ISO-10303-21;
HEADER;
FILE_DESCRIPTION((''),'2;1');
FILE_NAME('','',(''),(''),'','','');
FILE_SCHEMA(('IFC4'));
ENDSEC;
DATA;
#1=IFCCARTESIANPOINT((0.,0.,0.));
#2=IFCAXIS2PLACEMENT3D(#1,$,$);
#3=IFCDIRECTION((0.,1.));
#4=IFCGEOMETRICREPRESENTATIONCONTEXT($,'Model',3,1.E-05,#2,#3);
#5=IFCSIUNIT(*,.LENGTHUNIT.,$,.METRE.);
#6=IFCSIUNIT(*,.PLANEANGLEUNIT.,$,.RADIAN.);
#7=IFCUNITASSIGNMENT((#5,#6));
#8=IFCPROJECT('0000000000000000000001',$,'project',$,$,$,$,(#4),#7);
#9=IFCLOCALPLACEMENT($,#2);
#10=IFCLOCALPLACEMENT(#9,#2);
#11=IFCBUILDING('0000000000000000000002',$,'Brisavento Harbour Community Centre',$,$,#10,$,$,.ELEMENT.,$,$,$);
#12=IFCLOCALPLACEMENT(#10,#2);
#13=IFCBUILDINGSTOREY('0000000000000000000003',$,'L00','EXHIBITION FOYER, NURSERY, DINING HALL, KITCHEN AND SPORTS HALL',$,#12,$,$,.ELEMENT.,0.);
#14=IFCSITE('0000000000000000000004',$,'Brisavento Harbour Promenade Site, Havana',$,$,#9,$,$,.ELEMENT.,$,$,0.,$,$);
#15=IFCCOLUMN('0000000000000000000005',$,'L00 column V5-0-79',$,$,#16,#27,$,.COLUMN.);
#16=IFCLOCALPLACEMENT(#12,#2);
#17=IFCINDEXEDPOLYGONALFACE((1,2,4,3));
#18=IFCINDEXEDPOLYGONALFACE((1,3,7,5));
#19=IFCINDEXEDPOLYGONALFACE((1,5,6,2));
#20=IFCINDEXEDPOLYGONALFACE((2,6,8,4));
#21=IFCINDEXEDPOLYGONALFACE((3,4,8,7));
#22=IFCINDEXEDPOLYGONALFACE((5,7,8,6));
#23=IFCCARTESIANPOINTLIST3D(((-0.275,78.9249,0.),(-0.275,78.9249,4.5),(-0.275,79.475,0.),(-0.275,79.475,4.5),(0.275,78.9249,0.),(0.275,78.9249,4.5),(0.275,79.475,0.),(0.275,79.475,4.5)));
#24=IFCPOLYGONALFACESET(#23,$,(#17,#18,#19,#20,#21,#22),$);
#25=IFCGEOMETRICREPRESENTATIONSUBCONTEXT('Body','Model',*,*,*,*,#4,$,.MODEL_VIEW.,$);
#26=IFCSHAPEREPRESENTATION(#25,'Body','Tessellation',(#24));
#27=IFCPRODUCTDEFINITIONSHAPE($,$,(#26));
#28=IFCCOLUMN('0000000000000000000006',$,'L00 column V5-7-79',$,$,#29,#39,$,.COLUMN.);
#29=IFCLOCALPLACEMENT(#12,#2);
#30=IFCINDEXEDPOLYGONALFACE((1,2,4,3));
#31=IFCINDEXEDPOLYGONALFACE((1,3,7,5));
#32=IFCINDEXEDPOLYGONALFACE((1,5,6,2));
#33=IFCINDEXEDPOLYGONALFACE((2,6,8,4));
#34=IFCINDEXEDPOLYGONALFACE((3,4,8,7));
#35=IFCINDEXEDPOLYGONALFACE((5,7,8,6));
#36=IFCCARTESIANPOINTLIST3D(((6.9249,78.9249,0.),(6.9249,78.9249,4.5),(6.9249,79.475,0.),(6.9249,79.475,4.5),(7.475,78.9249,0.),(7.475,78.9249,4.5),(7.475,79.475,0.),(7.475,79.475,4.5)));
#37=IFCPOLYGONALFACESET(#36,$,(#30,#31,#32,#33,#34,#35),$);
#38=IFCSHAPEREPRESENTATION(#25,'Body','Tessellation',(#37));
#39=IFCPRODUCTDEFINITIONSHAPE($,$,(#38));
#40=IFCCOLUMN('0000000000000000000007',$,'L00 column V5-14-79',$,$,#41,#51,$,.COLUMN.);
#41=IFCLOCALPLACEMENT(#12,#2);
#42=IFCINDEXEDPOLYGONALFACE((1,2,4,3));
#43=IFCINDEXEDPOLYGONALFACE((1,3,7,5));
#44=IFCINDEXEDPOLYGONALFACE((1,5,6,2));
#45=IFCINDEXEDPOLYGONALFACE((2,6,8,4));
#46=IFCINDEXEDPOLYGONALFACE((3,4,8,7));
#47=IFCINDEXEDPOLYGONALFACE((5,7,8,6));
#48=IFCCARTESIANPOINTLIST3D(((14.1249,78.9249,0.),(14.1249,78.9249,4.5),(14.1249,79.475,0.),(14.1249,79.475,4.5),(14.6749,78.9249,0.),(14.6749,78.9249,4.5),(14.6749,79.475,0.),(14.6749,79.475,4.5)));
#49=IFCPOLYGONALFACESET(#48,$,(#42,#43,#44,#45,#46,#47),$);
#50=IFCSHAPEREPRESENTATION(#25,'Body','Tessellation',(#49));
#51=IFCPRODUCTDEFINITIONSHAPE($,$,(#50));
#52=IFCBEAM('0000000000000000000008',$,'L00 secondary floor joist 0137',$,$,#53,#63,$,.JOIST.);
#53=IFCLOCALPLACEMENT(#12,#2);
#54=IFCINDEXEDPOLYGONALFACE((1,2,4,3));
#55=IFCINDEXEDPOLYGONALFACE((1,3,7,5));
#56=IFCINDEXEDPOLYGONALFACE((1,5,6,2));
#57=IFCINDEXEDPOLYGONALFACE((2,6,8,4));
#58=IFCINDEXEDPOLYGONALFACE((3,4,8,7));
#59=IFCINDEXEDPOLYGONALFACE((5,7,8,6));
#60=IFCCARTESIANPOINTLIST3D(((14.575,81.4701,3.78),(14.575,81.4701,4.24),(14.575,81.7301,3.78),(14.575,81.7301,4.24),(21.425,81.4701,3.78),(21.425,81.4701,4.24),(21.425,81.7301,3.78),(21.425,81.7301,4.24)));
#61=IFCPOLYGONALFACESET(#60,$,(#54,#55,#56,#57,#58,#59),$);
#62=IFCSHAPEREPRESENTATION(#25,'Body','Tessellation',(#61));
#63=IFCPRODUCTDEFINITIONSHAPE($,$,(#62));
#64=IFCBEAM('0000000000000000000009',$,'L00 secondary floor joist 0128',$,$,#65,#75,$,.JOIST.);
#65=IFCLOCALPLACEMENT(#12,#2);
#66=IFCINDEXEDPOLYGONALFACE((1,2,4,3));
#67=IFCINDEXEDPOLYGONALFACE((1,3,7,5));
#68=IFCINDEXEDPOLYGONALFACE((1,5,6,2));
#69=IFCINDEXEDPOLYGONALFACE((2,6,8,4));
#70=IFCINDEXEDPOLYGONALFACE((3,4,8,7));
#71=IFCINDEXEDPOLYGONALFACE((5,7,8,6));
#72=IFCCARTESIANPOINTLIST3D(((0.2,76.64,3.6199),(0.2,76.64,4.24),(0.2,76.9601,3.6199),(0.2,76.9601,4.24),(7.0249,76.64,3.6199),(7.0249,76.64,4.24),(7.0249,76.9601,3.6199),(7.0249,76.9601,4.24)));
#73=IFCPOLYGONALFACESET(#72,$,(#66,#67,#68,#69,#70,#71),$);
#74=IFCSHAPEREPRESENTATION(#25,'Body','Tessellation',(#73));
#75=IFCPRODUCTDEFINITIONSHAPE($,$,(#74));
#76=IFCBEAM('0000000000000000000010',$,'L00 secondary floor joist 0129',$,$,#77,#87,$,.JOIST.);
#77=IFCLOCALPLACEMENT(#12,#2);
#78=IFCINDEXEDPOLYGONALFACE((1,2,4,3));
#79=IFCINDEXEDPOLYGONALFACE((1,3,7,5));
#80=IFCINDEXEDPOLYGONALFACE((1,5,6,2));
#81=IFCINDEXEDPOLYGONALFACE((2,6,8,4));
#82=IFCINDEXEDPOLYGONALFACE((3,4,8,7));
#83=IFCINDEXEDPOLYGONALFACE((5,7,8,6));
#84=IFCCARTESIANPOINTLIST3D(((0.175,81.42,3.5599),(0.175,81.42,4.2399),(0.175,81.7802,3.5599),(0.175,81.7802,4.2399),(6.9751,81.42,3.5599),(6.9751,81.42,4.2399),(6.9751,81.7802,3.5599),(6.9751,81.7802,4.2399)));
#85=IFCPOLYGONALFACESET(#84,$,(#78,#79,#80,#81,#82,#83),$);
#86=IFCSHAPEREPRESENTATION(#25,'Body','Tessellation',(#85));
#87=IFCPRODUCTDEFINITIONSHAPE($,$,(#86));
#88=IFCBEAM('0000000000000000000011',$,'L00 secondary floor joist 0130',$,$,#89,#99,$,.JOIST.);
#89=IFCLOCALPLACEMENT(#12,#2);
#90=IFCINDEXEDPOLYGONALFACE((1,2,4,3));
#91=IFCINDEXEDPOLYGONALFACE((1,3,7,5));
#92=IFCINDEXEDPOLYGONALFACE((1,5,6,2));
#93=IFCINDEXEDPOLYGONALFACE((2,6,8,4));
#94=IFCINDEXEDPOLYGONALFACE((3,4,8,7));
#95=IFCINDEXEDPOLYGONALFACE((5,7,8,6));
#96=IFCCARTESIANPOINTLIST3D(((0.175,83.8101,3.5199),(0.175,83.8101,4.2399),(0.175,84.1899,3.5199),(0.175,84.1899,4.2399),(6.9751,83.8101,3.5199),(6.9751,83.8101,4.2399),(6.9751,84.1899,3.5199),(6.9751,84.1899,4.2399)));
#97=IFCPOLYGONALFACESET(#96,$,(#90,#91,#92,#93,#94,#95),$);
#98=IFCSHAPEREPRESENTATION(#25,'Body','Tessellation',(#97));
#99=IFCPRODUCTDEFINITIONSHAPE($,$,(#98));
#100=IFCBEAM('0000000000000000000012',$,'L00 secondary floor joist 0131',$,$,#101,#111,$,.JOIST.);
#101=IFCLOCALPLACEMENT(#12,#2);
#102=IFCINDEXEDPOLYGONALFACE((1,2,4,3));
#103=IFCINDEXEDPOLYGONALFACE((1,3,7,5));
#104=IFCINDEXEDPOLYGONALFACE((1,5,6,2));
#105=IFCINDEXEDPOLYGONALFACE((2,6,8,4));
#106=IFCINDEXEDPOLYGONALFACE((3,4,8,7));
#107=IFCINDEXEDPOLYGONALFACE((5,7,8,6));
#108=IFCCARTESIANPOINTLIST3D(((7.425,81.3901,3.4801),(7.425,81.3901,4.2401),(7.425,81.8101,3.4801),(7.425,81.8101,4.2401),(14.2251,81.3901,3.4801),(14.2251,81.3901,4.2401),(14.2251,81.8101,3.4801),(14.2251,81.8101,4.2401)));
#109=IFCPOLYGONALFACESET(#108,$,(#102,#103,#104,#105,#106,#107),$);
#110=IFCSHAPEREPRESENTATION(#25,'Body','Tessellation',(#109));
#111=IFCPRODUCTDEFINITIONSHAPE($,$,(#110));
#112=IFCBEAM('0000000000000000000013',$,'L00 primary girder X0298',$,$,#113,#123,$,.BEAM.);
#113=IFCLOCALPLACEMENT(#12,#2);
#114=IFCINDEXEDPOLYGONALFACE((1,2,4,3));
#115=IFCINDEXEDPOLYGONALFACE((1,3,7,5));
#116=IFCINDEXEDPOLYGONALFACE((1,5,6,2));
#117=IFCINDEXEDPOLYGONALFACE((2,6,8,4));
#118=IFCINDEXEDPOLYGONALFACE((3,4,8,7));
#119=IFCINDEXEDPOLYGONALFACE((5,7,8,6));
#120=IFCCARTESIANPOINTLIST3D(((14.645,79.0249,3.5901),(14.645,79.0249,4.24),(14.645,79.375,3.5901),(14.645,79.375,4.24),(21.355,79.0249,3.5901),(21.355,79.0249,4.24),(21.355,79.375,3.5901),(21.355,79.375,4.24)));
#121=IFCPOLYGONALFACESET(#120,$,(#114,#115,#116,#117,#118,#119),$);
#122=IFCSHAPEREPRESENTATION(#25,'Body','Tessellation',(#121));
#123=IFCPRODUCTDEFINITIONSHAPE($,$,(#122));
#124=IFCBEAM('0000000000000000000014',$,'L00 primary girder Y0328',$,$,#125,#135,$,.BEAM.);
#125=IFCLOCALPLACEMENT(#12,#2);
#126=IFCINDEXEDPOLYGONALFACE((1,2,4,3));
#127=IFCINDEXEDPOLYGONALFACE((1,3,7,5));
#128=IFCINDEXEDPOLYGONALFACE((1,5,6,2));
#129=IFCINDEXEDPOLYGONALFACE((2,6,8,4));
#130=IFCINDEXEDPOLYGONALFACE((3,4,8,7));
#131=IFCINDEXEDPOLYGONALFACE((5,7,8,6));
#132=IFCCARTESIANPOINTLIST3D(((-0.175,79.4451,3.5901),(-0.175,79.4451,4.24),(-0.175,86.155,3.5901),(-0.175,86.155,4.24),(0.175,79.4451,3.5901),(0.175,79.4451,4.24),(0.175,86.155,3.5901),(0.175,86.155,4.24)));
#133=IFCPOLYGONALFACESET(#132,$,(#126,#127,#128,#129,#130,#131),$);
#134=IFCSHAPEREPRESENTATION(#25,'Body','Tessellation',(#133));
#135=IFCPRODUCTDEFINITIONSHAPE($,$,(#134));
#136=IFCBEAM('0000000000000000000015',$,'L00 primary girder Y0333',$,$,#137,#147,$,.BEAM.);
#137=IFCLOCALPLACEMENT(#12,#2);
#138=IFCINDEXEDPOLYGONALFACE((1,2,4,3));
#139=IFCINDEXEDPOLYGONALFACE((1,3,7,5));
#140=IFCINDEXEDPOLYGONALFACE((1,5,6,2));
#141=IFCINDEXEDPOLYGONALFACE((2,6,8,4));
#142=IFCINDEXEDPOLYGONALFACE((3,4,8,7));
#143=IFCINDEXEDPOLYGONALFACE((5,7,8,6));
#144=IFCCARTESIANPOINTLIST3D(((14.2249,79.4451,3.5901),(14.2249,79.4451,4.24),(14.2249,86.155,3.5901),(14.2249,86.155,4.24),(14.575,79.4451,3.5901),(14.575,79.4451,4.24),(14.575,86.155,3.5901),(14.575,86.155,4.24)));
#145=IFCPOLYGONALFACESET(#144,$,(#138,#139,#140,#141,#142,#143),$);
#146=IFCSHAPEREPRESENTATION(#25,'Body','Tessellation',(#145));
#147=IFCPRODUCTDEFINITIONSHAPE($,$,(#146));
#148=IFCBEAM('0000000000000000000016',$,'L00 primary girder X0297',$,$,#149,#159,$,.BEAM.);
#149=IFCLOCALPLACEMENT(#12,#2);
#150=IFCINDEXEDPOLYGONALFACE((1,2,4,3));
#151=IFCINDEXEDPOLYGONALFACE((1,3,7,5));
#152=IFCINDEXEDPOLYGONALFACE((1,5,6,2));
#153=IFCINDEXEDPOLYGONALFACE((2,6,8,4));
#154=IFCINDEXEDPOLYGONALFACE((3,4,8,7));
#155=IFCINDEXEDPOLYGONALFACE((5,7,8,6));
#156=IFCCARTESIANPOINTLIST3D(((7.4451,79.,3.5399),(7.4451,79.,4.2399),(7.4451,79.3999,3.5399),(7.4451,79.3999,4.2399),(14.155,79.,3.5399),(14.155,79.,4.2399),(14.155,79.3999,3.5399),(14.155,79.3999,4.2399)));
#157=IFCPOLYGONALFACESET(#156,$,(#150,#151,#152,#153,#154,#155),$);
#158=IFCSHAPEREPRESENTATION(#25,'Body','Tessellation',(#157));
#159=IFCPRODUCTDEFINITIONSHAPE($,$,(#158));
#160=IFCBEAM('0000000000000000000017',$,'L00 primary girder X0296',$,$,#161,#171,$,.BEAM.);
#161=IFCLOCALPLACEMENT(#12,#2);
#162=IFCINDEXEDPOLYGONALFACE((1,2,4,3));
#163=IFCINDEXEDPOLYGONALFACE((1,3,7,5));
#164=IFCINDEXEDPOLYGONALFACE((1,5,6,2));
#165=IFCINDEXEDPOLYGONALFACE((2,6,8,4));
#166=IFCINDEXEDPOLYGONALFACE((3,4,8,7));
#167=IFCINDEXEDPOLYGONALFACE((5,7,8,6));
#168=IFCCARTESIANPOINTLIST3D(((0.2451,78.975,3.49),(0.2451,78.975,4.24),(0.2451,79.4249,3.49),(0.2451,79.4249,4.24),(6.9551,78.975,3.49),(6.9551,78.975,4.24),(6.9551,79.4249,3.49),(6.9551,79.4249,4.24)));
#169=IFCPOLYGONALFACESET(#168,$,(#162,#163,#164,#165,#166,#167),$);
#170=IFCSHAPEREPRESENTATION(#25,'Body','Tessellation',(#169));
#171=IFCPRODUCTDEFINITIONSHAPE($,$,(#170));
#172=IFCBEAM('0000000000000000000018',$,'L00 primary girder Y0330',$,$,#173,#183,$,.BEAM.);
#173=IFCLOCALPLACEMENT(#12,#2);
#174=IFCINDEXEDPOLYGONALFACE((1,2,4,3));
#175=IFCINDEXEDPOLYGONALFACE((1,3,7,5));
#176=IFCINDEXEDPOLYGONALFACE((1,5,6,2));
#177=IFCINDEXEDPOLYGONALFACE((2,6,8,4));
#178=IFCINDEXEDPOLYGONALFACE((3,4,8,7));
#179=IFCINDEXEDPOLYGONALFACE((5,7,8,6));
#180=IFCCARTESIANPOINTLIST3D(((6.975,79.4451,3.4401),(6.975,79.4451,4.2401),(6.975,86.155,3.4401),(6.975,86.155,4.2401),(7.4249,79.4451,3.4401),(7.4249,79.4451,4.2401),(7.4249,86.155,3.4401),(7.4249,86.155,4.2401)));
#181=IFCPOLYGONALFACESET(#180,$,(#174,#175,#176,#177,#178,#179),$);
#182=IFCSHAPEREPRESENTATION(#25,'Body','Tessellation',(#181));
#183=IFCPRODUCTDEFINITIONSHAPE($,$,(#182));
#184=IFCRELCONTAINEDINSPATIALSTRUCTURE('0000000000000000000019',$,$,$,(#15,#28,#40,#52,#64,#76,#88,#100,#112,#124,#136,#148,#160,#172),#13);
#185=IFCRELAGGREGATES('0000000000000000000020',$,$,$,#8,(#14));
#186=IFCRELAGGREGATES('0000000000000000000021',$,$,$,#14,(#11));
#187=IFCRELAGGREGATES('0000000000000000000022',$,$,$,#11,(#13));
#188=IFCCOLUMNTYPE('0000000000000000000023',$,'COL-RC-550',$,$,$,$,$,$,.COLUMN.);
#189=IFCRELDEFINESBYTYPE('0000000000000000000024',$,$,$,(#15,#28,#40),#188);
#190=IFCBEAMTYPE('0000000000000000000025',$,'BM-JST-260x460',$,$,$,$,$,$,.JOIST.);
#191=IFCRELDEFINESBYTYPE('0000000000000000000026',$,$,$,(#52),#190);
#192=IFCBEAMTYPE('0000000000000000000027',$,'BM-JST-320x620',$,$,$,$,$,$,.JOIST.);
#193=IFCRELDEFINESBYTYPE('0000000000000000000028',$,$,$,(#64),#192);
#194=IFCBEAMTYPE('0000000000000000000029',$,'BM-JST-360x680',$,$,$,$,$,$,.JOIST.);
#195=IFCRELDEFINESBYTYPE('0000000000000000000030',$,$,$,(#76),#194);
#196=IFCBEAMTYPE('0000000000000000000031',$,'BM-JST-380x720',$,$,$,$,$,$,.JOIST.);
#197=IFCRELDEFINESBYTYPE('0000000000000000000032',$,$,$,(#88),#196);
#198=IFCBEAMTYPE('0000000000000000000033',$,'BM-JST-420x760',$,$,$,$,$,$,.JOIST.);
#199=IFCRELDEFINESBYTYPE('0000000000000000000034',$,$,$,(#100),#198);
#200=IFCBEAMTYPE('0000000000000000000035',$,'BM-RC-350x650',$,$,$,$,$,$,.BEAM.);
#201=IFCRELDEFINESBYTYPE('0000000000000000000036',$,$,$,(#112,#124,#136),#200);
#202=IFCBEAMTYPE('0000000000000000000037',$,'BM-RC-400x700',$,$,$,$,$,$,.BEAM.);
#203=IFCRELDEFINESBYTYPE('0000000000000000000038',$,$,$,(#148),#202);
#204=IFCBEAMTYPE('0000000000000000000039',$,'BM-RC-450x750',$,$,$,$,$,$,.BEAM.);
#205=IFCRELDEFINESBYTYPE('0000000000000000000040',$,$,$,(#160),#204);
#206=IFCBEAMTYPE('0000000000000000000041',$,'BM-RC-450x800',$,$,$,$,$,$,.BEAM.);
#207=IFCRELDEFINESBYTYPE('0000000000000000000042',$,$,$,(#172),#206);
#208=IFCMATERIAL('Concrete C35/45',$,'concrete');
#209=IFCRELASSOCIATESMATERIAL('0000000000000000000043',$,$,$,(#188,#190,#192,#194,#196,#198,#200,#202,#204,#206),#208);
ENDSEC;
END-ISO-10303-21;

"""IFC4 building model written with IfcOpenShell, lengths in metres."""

from ifc_helpers import new_model, si_unit, direction, frame, origin, origin_2d, place, context, subcontext, project, spatial, rectangle, extrude, material, material_profile, profile_set, type_object, element, save


model = new_model("IFC4")

# Units and contexts
model_context = context("Model", 3, precision=1e-05, world=origin(), true_north=direction((0.0, 1.0)))
body_context = subcontext(model_context, "Body", "Model", "MODEL_VIEW")
ifc_project = project(units=[si_unit("LENGTHUNIT", "METRE"), si_unit("PLANEANGLEUNIT", "RADIAN")], contexts=[model_context])

# Site, building, storey
site_placement = place(None, origin())
site = spatial("IfcSite", under=ifc_project, at=site_placement, Name="Brisavento Harbour Promenade Site, Havana", CompositionType="ELEMENT", RefElevation=0.0)
building_placement = place(site_placement, origin())
building = spatial("IfcBuilding", under=site, at=building_placement, Name="Brisavento Harbour Community Centre", CompositionType="ELEMENT")
storey_placement = place(building_placement, origin())
storey = spatial("IfcBuildingStorey", under=building, at=storey_placement, Name="L00", Description="EXHIBITION FOYER, NURSERY, DINING HALL, KITCHEN AND SPORTS HALL", CompositionType="ELEMENT", Elevation=0.0)

# Columns
ifc_material_1 = material(Name="Concrete C35/45", Category="concrete")
ifc_material_profile_1 = material_profile(ifc_material_1, rectangle(XDim=0.55, YDim=0.55, at=origin_2d()), Name="Concrete C35/45")
ifc_profile_set_1 = profile_set([ifc_material_profile_1], Name="Concrete C35/45")
column_type = type_object("IfcColumnType", Name="COL-RC-550", PredefinedType="COLUMN", material=ifc_profile_set_1)
for number, where, z_axis, x_axis, name in (
    (1, (0.0, 79.2, 0.0), (0.0, 0.0, 1.0), (1.0, 0.0, 0.0), "L00 column V5-0-79"),
    (2, (7.2, 79.2, 0.0), (0.0, 0.0, 1.0), (1.0, 0.0, 0.0), "L00 column V5-7-79"),
    (3, (14.3999, 79.2, 0.0), (0.0, 0.0, 1.0), (1.0, 0.0, 0.0), "L00 column V5-14-79"),
):
    element("IfcColumn", number, at=place(storey_placement, frame(where, z_axis=z_axis, x_axis=x_axis)), inside=storey, type_object=column_type, Name=name, PredefinedType="COLUMN", context=body_context, shape_type="SweptSolid", body=[
        extrude(rectangle(XDim=0.55, YDim=0.55, at=origin_2d()), origin(), (0.0, 0.0, 1.0), 4.5),
    ])

# Beams
ifc_material_profile_2 = material_profile(ifc_material_1, rectangle(XDim=0.26, YDim=0.46, at=origin_2d()), Name="Concrete C35/45")
ifc_profile_set_2 = profile_set([ifc_material_profile_2], Name="Concrete C35/45")
beam_type_1 = type_object("IfcBeamType", Name="BM-JST-260x460", PredefinedType="JOIST", material=ifc_profile_set_2)
beam_1_placement = place(storey_placement, frame((14.575, 81.6001, 4.01), z_axis=(1.0, 0.0, 0.0), x_axis=(0.0, 1.0, 0.0)))
element("IfcBeam", 4, at=beam_1_placement, inside=storey, type_object=beam_type_1, Name="L00 secondary floor joist 0137", PredefinedType="JOIST", context=body_context, shape_type="SweptSolid", body=[
    extrude(rectangle(XDim=0.26, YDim=0.46, at=origin_2d()), origin(), (0.0, 0.0, 1.0), 6.8501),
])
ifc_material_profile_3 = material_profile(ifc_material_1, rectangle(XDim=0.3201, YDim=0.6201, at=origin_2d()), Name="Concrete C35/45")
ifc_profile_set_3 = profile_set([ifc_material_profile_3], Name="Concrete C35/45")
beam_type_2 = type_object("IfcBeamType", Name="BM-JST-320x620", PredefinedType="JOIST", material=ifc_profile_set_3)
beam_2_placement = place(storey_placement, frame((0.2, 76.8, 3.9299), z_axis=(1.0, 0.0, 0.0), x_axis=(0.0, 1.0, 0.0)))
element("IfcBeam", 5, at=beam_2_placement, inside=storey, type_object=beam_type_2, Name="L00 secondary floor joist 0128", PredefinedType="JOIST", context=body_context, shape_type="SweptSolid", body=[
    extrude(rectangle(XDim=0.3201, YDim=0.6201, at=origin_2d()), origin(), (0.0, 0.0, 1.0), 6.825),
])
ifc_material_profile_4 = material_profile(ifc_material_1, rectangle(XDim=0.3601, YDim=0.6799, at=origin_2d()), Name="Concrete C35/45")
ifc_profile_set_4 = profile_set([ifc_material_profile_4], Name="Concrete C35/45")
beam_type_3 = type_object("IfcBeamType", Name="BM-JST-360x680", PredefinedType="JOIST", material=ifc_profile_set_4)
beam_3_placement = place(storey_placement, frame((0.175, 81.6001, 3.8999), z_axis=(1.0, 0.0, 0.0), x_axis=(0.0, 1.0, 0.0)))
element("IfcBeam", 6, at=beam_3_placement, inside=storey, type_object=beam_type_3, Name="L00 secondary floor joist 0129", PredefinedType="JOIST", context=body_context, shape_type="SweptSolid", body=[
    extrude(rectangle(XDim=0.3601, YDim=0.6799, at=origin_2d()), origin(), (0.0, 0.0, 1.0), 6.8),
])
ifc_material_profile_5 = material_profile(ifc_material_1, rectangle(XDim=0.3799, YDim=0.72, at=origin_2d()), Name="Concrete C35/45")
ifc_profile_set_5 = profile_set([ifc_material_profile_5], Name="Concrete C35/45")
beam_type_4 = type_object("IfcBeamType", Name="BM-JST-380x720", PredefinedType="JOIST", material=ifc_profile_set_5)
beam_4_placement = place(storey_placement, frame((0.175, 84.0, 3.8799), z_axis=(1.0, 0.0, 0.0), x_axis=(0.0, 1.0, 0.0)))
element("IfcBeam", 7, at=beam_4_placement, inside=storey, type_object=beam_type_4, Name="L00 secondary floor joist 0130", PredefinedType="JOIST", context=body_context, shape_type="SweptSolid", body=[
    extrude(rectangle(XDim=0.3799, YDim=0.72, at=origin_2d()), origin(), (0.0, 0.0, 1.0), 6.8),
])
ifc_material_profile_6 = material_profile(ifc_material_1, rectangle(XDim=0.4199, YDim=0.76, at=origin_2d()), Name="Concrete C35/45")
ifc_profile_set_6 = profile_set([ifc_material_profile_6], Name="Concrete C35/45")
beam_type_5 = type_object("IfcBeamType", Name="BM-JST-420x760", PredefinedType="JOIST", material=ifc_profile_set_6)
beam_5_placement = place(storey_placement, frame((7.425, 81.6001, 3.8601), z_axis=(1.0, 0.0, 0.0), x_axis=(0.0, 1.0, 0.0)))
element("IfcBeam", 8, at=beam_5_placement, inside=storey, type_object=beam_type_5, Name="L00 secondary floor joist 0131", PredefinedType="JOIST", context=body_context, shape_type="SweptSolid", body=[
    extrude(rectangle(XDim=0.4199, YDim=0.76, at=origin_2d()), origin(), (0.0, 0.0, 1.0), 6.8),
])
ifc_material_profile_7 = material_profile(ifc_material_1, rectangle(XDim=0.3501, YDim=0.6499, at=origin_2d()), Name="Concrete C35/45")
ifc_profile_set_7 = profile_set([ifc_material_profile_7], Name="Concrete C35/45")
beam_type_6 = type_object("IfcBeamType", Name="BM-RC-350x650", PredefinedType="BEAM", material=ifc_profile_set_7)
for number, where, z_axis, x_axis, name in (
    (9, (14.645, 79.2, 3.915), (1.0, 0.0, 0.0), (0.0, 1.0, 0.0), "L00 primary girder X0298"),
    (10, (0.0, 79.4451, 3.915), (0.0, 1.0, 0.0), (-1.0, 0.0, 0.0), "L00 primary girder Y0328"),
    (11, (14.3999, 79.4451, 3.915), (0.0, 1.0, 0.0), (-1.0, 0.0, 0.0), "L00 primary girder Y0333"),
):
    element("IfcBeam", number, at=place(storey_placement, frame(where, z_axis=z_axis, x_axis=x_axis)), inside=storey, type_object=beam_type_6, Name=name, PredefinedType="BEAM", context=body_context, shape_type="SweptSolid", body=[
        extrude(rectangle(XDim=0.3501, YDim=0.6499, at=origin_2d()), origin(), (0.0, 0.0, 1.0), 6.71),
    ])
ifc_material_profile_8 = material_profile(ifc_material_1, rectangle(XDim=0.3999, YDim=0.7, at=origin_2d()), Name="Concrete C35/45")
ifc_profile_set_8 = profile_set([ifc_material_profile_8], Name="Concrete C35/45")
beam_type_7 = type_object("IfcBeamType", Name="BM-RC-400x700", PredefinedType="BEAM", material=ifc_profile_set_8)
beam_6_placement = place(storey_placement, frame((7.4451, 79.2, 3.8899), z_axis=(1.0, 0.0, 0.0), x_axis=(0.0, 1.0, 0.0)))
element("IfcBeam", 12, at=beam_6_placement, inside=storey, type_object=beam_type_7, Name="L00 primary girder X0297", PredefinedType="BEAM", context=body_context, shape_type="SweptSolid", body=[
    extrude(rectangle(XDim=0.3999, YDim=0.7, at=origin_2d()), origin(), (0.0, 0.0, 1.0), 6.71),
])
ifc_material_profile_9 = material_profile(ifc_material_1, rectangle(XDim=0.45, YDim=0.75, at=origin_2d()), Name="Concrete C35/45")
ifc_profile_set_9 = profile_set([ifc_material_profile_9], Name="Concrete C35/45")
beam_type_8 = type_object("IfcBeamType", Name="BM-RC-450x750", PredefinedType="BEAM", material=ifc_profile_set_9)
beam_7_placement = place(storey_placement, frame((0.2451, 79.2, 3.865), z_axis=(1.0, 0.0, 0.0), x_axis=(0.0, 1.0, 0.0)))
element("IfcBeam", 13, at=beam_7_placement, inside=storey, type_object=beam_type_8, Name="L00 primary girder X0296", PredefinedType="BEAM", context=body_context, shape_type="SweptSolid", body=[
    extrude(rectangle(XDim=0.45, YDim=0.75, at=origin_2d()), origin(), (0.0, 0.0, 1.0), 6.71),
])
ifc_material_profile_10 = material_profile(ifc_material_1, rectangle(XDim=0.45, YDim=0.8, at=origin_2d()), Name="Concrete C35/45")
ifc_profile_set_10 = profile_set([ifc_material_profile_10], Name="Concrete C35/45")
beam_type_9 = type_object("IfcBeamType", Name="BM-RC-450x800", PredefinedType="BEAM", material=ifc_profile_set_10)
beam_8_placement = place(storey_placement, frame((7.2, 79.4451, 3.8401), z_axis=(0.0, 1.0, 0.0), x_axis=(-1.0, 0.0, 0.0)))
element("IfcBeam", 14, at=beam_8_placement, inside=storey, type_object=beam_type_9, Name="L00 primary girder Y0330", PredefinedType="BEAM", context=body_context, shape_type="SweptSolid", body=[
    extrude(rectangle(XDim=0.45, YDim=0.8, at=origin_2d()), origin(), (0.0, 0.0, 1.0), 6.71),
])

save(model, "model.ifc")
